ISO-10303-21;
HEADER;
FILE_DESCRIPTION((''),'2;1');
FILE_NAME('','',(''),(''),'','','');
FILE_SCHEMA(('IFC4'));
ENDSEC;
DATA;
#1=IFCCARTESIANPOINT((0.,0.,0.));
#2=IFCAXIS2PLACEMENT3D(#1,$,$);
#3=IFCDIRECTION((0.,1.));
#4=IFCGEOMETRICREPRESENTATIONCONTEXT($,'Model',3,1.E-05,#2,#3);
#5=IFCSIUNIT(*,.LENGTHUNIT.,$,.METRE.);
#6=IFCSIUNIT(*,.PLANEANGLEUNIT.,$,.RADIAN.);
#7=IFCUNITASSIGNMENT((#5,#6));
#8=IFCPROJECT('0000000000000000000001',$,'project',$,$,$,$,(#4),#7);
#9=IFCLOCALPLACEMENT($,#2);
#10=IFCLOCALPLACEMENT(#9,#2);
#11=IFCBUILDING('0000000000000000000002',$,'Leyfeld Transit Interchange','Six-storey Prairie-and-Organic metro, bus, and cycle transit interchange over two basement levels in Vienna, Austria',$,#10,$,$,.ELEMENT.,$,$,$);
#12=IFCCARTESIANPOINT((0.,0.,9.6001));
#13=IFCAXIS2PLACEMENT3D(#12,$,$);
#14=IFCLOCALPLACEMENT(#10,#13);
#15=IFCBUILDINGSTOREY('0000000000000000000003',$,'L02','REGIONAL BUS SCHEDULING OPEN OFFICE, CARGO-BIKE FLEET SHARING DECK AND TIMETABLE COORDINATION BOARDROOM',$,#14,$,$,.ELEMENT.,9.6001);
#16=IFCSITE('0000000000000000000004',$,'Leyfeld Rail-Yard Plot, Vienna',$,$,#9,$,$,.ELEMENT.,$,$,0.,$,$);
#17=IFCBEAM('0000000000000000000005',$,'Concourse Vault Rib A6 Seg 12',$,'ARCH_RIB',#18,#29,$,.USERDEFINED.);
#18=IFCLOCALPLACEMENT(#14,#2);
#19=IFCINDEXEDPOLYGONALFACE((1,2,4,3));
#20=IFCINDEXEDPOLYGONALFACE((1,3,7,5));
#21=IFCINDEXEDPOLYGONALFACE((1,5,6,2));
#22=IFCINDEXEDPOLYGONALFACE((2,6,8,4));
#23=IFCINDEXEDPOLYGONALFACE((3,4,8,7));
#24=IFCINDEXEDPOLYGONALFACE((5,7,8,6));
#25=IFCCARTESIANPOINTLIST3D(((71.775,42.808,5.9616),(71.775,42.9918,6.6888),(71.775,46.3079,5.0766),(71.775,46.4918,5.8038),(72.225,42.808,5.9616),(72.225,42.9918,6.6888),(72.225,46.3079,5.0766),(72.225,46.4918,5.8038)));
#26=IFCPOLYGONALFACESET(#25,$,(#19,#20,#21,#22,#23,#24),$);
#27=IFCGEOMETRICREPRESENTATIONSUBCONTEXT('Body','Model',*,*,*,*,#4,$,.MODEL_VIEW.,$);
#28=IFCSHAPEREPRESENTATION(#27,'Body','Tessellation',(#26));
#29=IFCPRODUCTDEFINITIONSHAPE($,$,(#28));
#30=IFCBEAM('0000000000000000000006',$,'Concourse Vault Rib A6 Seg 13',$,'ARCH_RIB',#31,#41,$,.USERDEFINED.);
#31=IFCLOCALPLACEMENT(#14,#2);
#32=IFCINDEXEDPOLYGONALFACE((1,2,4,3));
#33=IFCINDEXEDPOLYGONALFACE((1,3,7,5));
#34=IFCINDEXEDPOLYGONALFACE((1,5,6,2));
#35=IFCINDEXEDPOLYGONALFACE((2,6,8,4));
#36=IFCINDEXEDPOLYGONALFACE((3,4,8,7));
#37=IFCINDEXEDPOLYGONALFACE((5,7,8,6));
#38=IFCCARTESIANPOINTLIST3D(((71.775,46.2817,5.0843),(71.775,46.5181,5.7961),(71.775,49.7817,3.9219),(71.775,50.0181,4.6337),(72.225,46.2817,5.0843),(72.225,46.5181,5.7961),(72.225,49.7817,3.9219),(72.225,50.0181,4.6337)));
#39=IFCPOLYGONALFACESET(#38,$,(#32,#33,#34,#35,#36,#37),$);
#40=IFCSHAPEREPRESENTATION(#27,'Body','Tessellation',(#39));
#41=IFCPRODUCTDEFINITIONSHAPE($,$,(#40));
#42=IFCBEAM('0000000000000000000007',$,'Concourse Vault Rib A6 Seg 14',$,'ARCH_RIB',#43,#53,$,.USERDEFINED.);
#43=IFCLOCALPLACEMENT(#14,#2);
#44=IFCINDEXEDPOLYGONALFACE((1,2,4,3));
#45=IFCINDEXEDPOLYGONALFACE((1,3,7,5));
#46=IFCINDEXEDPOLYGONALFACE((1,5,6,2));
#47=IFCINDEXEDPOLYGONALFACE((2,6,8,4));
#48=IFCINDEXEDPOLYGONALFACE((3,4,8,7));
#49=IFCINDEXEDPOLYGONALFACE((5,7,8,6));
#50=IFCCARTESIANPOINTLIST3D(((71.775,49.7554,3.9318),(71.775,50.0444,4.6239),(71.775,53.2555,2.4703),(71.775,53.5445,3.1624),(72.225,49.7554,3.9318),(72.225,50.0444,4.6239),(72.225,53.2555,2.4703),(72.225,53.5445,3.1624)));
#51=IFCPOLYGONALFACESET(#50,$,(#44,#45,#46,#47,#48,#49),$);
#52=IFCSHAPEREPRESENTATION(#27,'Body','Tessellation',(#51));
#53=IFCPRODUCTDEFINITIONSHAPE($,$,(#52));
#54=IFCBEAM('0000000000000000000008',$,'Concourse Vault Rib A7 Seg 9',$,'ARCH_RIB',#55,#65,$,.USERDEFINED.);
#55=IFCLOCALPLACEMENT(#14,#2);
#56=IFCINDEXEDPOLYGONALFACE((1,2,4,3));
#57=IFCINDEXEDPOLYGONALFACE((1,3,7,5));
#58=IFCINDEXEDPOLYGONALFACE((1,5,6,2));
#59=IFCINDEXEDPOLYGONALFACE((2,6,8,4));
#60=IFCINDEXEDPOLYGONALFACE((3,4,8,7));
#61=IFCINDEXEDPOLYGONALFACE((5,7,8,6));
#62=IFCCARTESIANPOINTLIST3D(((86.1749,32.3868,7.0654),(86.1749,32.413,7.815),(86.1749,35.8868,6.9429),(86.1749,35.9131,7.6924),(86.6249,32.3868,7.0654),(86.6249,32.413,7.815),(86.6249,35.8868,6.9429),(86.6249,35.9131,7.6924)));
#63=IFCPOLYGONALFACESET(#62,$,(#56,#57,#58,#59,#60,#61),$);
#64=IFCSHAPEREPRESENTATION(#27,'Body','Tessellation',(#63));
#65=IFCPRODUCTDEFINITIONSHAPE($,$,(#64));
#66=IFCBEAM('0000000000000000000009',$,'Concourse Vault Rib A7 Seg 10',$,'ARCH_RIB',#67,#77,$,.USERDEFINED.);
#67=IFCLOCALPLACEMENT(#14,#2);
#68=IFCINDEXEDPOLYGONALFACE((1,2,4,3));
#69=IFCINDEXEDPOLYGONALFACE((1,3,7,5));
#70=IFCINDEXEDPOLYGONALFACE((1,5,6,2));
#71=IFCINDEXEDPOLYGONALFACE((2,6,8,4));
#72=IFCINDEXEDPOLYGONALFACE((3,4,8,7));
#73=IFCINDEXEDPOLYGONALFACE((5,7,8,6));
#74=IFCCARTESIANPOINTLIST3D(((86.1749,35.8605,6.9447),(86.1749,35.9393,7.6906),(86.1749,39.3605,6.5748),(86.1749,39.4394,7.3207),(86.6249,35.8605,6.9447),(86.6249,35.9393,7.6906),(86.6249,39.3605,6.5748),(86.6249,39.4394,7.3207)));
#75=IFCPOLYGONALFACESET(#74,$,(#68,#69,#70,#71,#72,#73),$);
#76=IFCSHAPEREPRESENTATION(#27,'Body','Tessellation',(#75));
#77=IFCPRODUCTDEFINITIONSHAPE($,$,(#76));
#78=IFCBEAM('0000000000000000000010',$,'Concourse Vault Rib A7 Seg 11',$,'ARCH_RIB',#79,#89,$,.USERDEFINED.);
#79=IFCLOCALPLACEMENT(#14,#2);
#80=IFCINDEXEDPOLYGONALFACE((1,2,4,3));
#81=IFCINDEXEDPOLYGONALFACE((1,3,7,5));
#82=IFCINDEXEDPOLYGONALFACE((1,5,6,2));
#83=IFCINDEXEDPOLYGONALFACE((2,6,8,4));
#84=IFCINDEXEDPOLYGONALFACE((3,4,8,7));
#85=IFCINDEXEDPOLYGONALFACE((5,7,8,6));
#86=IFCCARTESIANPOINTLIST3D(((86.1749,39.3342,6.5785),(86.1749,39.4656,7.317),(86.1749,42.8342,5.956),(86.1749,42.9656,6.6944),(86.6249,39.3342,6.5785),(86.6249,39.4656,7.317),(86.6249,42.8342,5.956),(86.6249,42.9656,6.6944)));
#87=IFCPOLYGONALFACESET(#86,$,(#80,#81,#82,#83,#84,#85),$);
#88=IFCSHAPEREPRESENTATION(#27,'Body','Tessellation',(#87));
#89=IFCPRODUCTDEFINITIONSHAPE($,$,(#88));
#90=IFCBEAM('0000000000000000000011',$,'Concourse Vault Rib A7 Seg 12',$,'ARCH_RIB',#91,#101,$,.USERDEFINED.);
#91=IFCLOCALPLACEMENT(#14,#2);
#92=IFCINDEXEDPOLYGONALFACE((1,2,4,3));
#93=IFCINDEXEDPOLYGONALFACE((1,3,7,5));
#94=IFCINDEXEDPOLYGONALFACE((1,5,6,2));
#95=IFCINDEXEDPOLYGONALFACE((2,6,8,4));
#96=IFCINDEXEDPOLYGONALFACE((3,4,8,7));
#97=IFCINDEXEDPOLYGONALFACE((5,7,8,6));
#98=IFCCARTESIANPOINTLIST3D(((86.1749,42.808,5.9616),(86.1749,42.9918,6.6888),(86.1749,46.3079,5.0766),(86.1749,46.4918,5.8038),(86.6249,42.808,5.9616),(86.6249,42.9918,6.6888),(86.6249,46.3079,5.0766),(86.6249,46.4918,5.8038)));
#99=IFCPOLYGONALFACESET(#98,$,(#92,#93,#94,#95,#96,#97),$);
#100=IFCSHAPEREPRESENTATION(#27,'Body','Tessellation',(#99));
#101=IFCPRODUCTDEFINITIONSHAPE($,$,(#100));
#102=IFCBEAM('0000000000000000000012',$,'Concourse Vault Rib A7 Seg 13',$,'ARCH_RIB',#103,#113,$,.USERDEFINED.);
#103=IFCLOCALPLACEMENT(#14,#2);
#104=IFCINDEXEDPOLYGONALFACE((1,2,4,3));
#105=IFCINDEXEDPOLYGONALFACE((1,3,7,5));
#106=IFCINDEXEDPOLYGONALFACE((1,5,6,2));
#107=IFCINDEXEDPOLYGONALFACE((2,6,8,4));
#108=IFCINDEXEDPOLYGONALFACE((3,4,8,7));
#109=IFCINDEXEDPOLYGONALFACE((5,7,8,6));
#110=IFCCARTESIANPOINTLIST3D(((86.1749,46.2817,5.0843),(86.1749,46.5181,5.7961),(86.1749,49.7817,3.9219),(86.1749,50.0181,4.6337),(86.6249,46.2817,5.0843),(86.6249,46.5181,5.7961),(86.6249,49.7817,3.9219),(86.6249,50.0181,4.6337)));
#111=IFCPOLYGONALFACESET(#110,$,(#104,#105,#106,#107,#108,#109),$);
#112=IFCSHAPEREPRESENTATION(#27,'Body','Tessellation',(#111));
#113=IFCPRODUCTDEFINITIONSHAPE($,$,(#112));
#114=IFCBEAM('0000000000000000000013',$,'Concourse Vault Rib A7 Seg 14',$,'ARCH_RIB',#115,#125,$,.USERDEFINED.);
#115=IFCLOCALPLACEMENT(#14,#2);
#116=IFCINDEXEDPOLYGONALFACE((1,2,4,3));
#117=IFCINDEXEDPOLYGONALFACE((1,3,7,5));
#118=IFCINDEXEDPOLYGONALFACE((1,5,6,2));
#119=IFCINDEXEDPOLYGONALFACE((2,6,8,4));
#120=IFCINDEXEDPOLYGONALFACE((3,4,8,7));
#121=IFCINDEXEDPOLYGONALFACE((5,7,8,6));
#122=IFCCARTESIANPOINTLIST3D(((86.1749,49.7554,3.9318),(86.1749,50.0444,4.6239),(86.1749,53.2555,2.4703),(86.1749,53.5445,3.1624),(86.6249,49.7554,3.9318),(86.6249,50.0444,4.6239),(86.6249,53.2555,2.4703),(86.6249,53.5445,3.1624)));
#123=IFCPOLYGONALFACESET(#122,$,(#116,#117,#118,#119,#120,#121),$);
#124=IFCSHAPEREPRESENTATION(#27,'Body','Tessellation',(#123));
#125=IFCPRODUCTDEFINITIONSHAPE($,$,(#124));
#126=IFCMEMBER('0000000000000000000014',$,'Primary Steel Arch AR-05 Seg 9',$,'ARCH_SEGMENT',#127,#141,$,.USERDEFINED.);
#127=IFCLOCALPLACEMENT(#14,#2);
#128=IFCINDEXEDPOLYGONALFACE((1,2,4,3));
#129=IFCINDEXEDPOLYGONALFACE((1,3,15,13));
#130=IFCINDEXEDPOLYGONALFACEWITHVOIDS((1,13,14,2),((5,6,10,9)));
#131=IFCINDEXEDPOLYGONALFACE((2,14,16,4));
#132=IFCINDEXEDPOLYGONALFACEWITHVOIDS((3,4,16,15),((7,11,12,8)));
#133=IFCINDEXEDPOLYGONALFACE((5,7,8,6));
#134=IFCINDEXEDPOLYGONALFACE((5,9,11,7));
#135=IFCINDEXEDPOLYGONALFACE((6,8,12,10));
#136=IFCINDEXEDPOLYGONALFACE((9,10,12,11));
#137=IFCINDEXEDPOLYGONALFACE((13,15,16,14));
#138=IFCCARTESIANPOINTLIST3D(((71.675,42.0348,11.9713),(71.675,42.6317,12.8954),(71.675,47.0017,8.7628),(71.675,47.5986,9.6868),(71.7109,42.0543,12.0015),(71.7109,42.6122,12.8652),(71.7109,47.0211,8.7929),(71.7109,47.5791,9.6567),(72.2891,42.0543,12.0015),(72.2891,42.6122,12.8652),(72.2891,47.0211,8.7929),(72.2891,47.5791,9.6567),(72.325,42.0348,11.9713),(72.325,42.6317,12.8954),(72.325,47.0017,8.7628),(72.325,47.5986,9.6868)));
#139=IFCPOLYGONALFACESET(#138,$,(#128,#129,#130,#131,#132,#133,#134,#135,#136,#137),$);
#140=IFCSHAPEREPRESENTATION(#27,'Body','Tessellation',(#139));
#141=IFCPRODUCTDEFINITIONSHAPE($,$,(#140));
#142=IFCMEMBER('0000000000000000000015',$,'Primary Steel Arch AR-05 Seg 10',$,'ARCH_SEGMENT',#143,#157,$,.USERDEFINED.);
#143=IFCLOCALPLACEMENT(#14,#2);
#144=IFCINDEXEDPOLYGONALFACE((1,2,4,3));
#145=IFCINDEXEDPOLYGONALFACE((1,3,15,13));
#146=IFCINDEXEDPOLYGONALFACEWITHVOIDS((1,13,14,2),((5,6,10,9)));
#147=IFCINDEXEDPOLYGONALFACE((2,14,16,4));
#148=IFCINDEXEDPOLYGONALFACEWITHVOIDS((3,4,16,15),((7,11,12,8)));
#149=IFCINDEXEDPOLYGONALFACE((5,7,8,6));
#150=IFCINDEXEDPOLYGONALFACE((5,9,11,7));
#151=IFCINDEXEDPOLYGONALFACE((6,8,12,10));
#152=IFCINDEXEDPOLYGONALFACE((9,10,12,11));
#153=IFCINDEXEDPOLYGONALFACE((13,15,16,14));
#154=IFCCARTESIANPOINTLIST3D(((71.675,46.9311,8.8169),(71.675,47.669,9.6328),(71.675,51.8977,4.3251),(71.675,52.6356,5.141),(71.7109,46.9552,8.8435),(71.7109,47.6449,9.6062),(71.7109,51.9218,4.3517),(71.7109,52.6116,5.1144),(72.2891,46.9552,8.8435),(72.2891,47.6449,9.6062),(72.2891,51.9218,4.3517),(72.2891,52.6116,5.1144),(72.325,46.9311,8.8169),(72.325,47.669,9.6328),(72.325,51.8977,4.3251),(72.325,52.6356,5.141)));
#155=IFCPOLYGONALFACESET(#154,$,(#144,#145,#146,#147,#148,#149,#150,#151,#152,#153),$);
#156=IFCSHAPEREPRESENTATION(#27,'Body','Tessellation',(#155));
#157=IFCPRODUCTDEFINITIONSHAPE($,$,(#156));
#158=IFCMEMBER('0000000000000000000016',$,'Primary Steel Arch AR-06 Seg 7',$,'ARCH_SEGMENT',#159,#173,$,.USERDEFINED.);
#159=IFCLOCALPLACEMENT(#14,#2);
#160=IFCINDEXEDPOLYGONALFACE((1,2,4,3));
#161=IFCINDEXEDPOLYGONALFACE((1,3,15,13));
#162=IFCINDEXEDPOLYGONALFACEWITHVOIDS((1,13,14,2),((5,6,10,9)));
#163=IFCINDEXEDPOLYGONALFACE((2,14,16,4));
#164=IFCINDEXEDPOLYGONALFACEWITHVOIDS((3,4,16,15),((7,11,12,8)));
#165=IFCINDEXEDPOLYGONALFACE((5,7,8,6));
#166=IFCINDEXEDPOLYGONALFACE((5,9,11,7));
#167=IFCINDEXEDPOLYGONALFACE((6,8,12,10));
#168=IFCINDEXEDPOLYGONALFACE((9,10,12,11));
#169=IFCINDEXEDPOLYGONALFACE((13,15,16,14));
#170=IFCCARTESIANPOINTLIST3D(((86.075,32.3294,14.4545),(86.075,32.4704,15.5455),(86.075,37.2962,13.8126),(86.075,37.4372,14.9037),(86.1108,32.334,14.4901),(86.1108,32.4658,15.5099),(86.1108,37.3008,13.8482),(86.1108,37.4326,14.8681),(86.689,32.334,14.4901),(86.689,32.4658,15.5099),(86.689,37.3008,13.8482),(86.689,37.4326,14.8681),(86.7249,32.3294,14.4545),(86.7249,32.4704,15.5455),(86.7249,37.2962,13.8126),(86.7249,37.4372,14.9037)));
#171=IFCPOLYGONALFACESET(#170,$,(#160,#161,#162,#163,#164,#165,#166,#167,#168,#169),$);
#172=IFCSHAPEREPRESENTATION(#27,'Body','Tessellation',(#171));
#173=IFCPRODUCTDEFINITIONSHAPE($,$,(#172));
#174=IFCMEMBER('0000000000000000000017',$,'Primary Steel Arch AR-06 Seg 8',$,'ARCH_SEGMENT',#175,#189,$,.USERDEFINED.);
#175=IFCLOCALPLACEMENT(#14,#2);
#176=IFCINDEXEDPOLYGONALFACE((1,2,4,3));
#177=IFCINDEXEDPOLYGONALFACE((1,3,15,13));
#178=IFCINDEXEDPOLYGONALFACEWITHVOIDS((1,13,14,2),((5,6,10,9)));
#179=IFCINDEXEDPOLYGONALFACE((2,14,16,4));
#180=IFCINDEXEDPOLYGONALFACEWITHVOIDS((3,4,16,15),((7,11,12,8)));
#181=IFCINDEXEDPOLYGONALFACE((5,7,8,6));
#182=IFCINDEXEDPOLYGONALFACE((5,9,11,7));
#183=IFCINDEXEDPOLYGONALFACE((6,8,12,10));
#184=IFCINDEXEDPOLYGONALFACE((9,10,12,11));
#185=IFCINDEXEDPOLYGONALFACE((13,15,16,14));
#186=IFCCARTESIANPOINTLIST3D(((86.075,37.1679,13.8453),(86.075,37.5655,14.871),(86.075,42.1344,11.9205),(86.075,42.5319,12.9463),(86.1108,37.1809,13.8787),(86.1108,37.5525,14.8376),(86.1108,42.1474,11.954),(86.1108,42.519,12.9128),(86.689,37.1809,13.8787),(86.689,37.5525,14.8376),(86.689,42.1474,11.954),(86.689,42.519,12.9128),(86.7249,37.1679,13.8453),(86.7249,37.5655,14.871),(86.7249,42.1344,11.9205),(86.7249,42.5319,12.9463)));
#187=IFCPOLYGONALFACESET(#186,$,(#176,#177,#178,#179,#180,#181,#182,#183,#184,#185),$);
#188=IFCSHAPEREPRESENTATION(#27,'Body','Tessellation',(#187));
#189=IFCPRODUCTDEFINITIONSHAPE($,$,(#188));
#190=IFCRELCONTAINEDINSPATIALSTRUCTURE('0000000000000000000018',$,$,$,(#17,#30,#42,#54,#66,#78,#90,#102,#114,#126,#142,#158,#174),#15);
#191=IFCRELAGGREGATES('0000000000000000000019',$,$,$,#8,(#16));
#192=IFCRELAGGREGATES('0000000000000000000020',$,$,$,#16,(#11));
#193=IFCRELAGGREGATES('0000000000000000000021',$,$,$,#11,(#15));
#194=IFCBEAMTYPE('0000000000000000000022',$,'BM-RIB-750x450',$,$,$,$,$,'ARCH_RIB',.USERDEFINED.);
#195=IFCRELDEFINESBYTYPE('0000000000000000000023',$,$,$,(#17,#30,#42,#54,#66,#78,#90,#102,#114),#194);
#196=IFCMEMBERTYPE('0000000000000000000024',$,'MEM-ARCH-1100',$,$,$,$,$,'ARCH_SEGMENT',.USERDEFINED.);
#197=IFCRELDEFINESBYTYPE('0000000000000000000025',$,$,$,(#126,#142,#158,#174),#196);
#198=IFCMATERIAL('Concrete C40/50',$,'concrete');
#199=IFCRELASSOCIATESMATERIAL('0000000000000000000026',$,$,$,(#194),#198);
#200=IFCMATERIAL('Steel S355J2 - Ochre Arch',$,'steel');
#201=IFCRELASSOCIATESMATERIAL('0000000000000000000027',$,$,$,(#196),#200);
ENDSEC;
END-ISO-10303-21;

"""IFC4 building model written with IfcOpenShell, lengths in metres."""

from ifc_helpers import new_model, si_unit, direction, frame, origin, origin_2d, place, context, subcontext, project, spatial, rectangle, hollow_rectangle, extrude, material, material_profile, profile_set, type_object, element, save


model = new_model("IFC4")

# Units and contexts
model_context = context("Model", 3, precision=1e-05, world=origin(), true_north=direction((0.0, 1.0)))
body_context = subcontext(model_context, "Body", "Model", "MODEL_VIEW")
ifc_project = project(units=[si_unit("LENGTHUNIT", "METRE"), si_unit("PLANEANGLEUNIT", "RADIAN")], contexts=[model_context])

# Site, building, storey
site_placement = place(None, origin())
site = spatial("IfcSite", under=ifc_project, at=site_placement, Name="Leyfeld Rail-Yard Plot, Vienna", CompositionType="ELEMENT", RefElevation=0.0)
building_placement = place(site_placement, origin())
building = spatial("IfcBuilding", under=site, at=building_placement, Name="Leyfeld Transit Interchange", Description="Six-storey Prairie-and-Organic metro, bus, and cycle transit interchange over two basement levels in Vienna, Austria", CompositionType="ELEMENT")
storey_placement = place(building_placement, frame((0.0, 0.0, 9.6001)))
storey = spatial("IfcBuildingStorey", under=building, at=storey_placement, Name="L02", Description="REGIONAL BUS SCHEDULING OPEN OFFICE, CARGO-BIKE FLEET SHARING DECK AND TIMETABLE COORDINATION BOARDROOM", CompositionType="ELEMENT", Elevation=9.6001)

# Beams
ifc_material_1 = material(Name="Concrete C40/50", Category="concrete")
ifc_material_profile_1 = material_profile(ifc_material_1, rectangle(XDim=0.45, YDim=0.75, at=origin_2d()), Name="RC 750x450 RIB")
ifc_profile_set_1 = profile_set([ifc_material_profile_1], Name="Concrete C40/50")
beam_type = type_object("IfcBeamType", Name="BM-RIB-750x450", ElementType="ARCH_RIB", PredefinedType="USERDEFINED", material=ifc_profile_set_1)
beam_1_placement = place(storey_placement, frame((72.0, 42.8999, 6.3252), z_axis=(0.0, 0.969487, -0.245144), x_axis=(-1.0, 0.0, 0.0)))
element("IfcBeam", 1, at=beam_1_placement, inside=storey, type_object=beam_type, Name="Concourse Vault Rib A6 Seg 12", ObjectType="ARCH_RIB", PredefinedType="USERDEFINED", context=body_context, shape_type="SweptSolid", body=[
    extrude(rectangle(XDim=0.45, YDim=0.75, at=origin_2d()), origin(), (0.0, 0.0, 1.0), 3.6101),
])
beam_2_placement = place(storey_placement, frame((72.0, 46.3999, 5.4402), z_axis=(0.0, 0.949034, -0.315175), x_axis=(-1.0, 0.0, 0.0)))
element("IfcBeam", 2, at=beam_2_placement, inside=storey, type_object=beam_type, Name="Concourse Vault Rib A6 Seg 13", ObjectType="ARCH_RIB", PredefinedType="USERDEFINED", context=body_context, shape_type="SweptSolid", body=[
    extrude(rectangle(XDim=0.45, YDim=0.75, at=origin_2d()), origin(), (0.0, 0.0, 1.0), 3.688),
])
beam_3_placement = place(storey_placement, frame((72.0, 49.8999, 4.2778), z_axis=(0.0, 0.922787, -0.38531), x_axis=(-1.0, 0.0, 0.0)))
element("IfcBeam", 3, at=beam_3_placement, inside=storey, type_object=beam_type, Name="Concourse Vault Rib A6 Seg 14", ObjectType="ARCH_RIB", PredefinedType="USERDEFINED", context=body_context, shape_type="SweptSolid", body=[
    extrude(rectangle(XDim=0.45, YDim=0.75, at=origin_2d()), origin(), (0.0, 0.0, 1.0), 3.793),
])
beam_4_placement = place(storey_placement, frame((86.3999, 32.3999, 7.4402), z_axis=(0.0, 0.999387, -0.034995), x_axis=(-1.0, 0.0, 0.0)))
element("IfcBeam", 4, at=beam_4_placement, inside=storey, type_object=beam_type, Name="Concourse Vault Rib A7 Seg 9", ObjectType="ARCH_RIB", PredefinedType="USERDEFINED", context=body_context, shape_type="SweptSolid", body=[
    extrude(rectangle(XDim=0.45, YDim=0.75, at=origin_2d()), origin(), (0.0, 0.0, 1.0), 3.5022),
])
beam_5_placement = place(storey_placement, frame((86.3999, 35.8999, 7.3176), z_axis=(0.0, 0.994462, -0.105093), x_axis=(-1.0, 0.0, 0.0)))
element("IfcBeam", 5, at=beam_5_placement, inside=storey, type_object=beam_type, Name="Concourse Vault Rib A7 Seg 10", ObjectType="ARCH_RIB", PredefinedType="USERDEFINED", context=body_context, shape_type="SweptSolid", body=[
    extrude(rectangle(XDim=0.45, YDim=0.75, at=origin_2d()), origin(), (0.0, 0.0, 1.0), 3.5195),
])
beam_6_placement = place(storey_placement, frame((86.3999, 39.3999, 6.9478), z_axis=(0.0, 0.984546, -0.175125), x_axis=(-1.0, 0.0, 0.0)))
element("IfcBeam", 6, at=beam_6_placement, inside=storey, type_object=beam_type, Name="Concourse Vault Rib A7 Seg 11", ObjectType="ARCH_RIB", PredefinedType="USERDEFINED", context=body_context, shape_type="SweptSolid", body=[
    extrude(rectangle(XDim=0.45, YDim=0.75, at=origin_2d()), origin(), (0.0, 0.0, 1.0), 3.5549),
])
beam_7_placement = place(storey_placement, frame((86.3999, 42.8999, 6.3252), z_axis=(0.0, 0.969487, -0.245144), x_axis=(-1.0, 0.0, 0.0)))
element("IfcBeam", 7, at=beam_7_placement, inside=storey, type_object=beam_type, Name="Concourse Vault Rib A7 Seg 12", ObjectType="ARCH_RIB", PredefinedType="USERDEFINED", context=body_context, shape_type="SweptSolid", body=[
    extrude(rectangle(XDim=0.45, YDim=0.75, at=origin_2d()), origin(), (0.0, 0.0, 1.0), 3.6101),
])
beam_8_placement = place(storey_placement, frame((86.3999, 46.3999, 5.4402), z_axis=(0.0, 0.949034, -0.315175), x_axis=(-1.0, 0.0, 0.0)))
element("IfcBeam", 8, at=beam_8_placement, inside=storey, type_object=beam_type, Name="Concourse Vault Rib A7 Seg 13", ObjectType="ARCH_RIB", PredefinedType="USERDEFINED", context=body_context, shape_type="SweptSolid", body=[
    extrude(rectangle(XDim=0.45, YDim=0.75, at=origin_2d()), origin(), (0.0, 0.0, 1.0), 3.688),
])
beam_9_placement = place(storey_placement, frame((86.3999, 49.8999, 4.2778), z_axis=(0.0, 0.922787, -0.38531), x_axis=(-1.0, 0.0, 0.0)))
element("IfcBeam", 9, at=beam_9_placement, inside=storey, type_object=beam_type, Name="Concourse Vault Rib A7 Seg 14", ObjectType="ARCH_RIB", PredefinedType="USERDEFINED", context=body_context, shape_type="SweptSolid", body=[
    extrude(rectangle(XDim=0.45, YDim=0.75, at=origin_2d()), origin(), (0.0, 0.0, 1.0), 3.793),
])

# Members
ifc_material_2 = material(Name="Steel S355J2 - Ochre Arch", Category="steel")
ifc_material_profile_2 = material_profile(ifc_material_2, hollow_rectangle(XDim=0.6499, YDim=1.1001, WallThickness=0.0359, at=origin_2d()), Name="RHS 1100x650x36")
ifc_profile_set_2 = profile_set([ifc_material_profile_2], Name="Steel S355J2 - Ochre Arch")
member_type_1 = type_object("IfcMemberType", Name="MEM-ARCH-1100", ElementType="ARCH_SEGMENT", PredefinedType="USERDEFINED", material=ifc_profile_set_2)
member_1_placement = place(storey_placement, frame((72.0, 42.3333, 12.4333), z_axis=(0.0, 0.83998, -0.542618), x_axis=(-1.0, 0.0, 0.0)))
element("IfcMember", 10, at=member_1_placement, inside=storey, type_object=member_type_1, Name="Primary Steel Arch AR-05 Seg 9", ObjectType="ARCH_SEGMENT", PredefinedType="USERDEFINED", context=body_context, shape_type="SweptSolid", body=[
    extrude(hollow_rectangle(XDim=0.6499, YDim=1.1001, WallThickness=0.0359, at=origin_2d()), origin(), (0.0, 0.0, 1.0), 5.9131),
])
member_2_placement = place(storey_placement, frame((72.0, 47.3, 9.2249), z_axis=(0.0, 0.741673, -0.670762), x_axis=(-1.0, 0.0, 0.0)))
element("IfcMember", 11, at=member_2_placement, inside=storey, type_object=member_type_1, Name="Primary Steel Arch AR-05 Seg 10", ObjectType="ARCH_SEGMENT", PredefinedType="USERDEFINED", context=body_context, shape_type="SweptSolid", body=[
    extrude(hollow_rectangle(XDim=0.6499, YDim=1.1001, WallThickness=0.0359, at=origin_2d()), origin(), (0.0, 0.0, 1.0), 6.6965),
])
member_3_placement = place(storey_placement, frame((86.3999, 32.3999, 15.0), z_axis=(0.0, 0.991753, -0.128162), x_axis=(-1.0, 0.0, 0.0)))
element("IfcMember", 12, at=member_3_placement, inside=storey, type_object=member_type_1, Name="Primary Steel Arch AR-06 Seg 7", ObjectType="ARCH_SEGMENT", PredefinedType="USERDEFINED", context=body_context, shape_type="SweptSolid", body=[
    extrude(hollow_rectangle(XDim=0.6499, YDim=1.1001, WallThickness=0.0359, at=origin_2d()), origin(), (0.0, 0.0, 1.0), 5.0081),
])
member_4_placement = place(storey_placement, frame((86.3999, 37.3667, 14.3582), z_axis=(0.0, 0.932425, -0.361364), x_axis=(-1.0, 0.0, 0.0)))
element("IfcMember", 13, at=member_4_placement, inside=storey, type_object=member_type_1, Name="Primary Steel Arch AR-06 Seg 8", ObjectType="ARCH_SEGMENT", PredefinedType="USERDEFINED", context=body_context, shape_type="SweptSolid", body=[
    extrude(hollow_rectangle(XDim=0.6499, YDim=1.1001, WallThickness=0.0359, at=origin_2d()), origin(), (0.0, 0.0, 1.0), 5.3264),
])

save(model, "model.ifc")
